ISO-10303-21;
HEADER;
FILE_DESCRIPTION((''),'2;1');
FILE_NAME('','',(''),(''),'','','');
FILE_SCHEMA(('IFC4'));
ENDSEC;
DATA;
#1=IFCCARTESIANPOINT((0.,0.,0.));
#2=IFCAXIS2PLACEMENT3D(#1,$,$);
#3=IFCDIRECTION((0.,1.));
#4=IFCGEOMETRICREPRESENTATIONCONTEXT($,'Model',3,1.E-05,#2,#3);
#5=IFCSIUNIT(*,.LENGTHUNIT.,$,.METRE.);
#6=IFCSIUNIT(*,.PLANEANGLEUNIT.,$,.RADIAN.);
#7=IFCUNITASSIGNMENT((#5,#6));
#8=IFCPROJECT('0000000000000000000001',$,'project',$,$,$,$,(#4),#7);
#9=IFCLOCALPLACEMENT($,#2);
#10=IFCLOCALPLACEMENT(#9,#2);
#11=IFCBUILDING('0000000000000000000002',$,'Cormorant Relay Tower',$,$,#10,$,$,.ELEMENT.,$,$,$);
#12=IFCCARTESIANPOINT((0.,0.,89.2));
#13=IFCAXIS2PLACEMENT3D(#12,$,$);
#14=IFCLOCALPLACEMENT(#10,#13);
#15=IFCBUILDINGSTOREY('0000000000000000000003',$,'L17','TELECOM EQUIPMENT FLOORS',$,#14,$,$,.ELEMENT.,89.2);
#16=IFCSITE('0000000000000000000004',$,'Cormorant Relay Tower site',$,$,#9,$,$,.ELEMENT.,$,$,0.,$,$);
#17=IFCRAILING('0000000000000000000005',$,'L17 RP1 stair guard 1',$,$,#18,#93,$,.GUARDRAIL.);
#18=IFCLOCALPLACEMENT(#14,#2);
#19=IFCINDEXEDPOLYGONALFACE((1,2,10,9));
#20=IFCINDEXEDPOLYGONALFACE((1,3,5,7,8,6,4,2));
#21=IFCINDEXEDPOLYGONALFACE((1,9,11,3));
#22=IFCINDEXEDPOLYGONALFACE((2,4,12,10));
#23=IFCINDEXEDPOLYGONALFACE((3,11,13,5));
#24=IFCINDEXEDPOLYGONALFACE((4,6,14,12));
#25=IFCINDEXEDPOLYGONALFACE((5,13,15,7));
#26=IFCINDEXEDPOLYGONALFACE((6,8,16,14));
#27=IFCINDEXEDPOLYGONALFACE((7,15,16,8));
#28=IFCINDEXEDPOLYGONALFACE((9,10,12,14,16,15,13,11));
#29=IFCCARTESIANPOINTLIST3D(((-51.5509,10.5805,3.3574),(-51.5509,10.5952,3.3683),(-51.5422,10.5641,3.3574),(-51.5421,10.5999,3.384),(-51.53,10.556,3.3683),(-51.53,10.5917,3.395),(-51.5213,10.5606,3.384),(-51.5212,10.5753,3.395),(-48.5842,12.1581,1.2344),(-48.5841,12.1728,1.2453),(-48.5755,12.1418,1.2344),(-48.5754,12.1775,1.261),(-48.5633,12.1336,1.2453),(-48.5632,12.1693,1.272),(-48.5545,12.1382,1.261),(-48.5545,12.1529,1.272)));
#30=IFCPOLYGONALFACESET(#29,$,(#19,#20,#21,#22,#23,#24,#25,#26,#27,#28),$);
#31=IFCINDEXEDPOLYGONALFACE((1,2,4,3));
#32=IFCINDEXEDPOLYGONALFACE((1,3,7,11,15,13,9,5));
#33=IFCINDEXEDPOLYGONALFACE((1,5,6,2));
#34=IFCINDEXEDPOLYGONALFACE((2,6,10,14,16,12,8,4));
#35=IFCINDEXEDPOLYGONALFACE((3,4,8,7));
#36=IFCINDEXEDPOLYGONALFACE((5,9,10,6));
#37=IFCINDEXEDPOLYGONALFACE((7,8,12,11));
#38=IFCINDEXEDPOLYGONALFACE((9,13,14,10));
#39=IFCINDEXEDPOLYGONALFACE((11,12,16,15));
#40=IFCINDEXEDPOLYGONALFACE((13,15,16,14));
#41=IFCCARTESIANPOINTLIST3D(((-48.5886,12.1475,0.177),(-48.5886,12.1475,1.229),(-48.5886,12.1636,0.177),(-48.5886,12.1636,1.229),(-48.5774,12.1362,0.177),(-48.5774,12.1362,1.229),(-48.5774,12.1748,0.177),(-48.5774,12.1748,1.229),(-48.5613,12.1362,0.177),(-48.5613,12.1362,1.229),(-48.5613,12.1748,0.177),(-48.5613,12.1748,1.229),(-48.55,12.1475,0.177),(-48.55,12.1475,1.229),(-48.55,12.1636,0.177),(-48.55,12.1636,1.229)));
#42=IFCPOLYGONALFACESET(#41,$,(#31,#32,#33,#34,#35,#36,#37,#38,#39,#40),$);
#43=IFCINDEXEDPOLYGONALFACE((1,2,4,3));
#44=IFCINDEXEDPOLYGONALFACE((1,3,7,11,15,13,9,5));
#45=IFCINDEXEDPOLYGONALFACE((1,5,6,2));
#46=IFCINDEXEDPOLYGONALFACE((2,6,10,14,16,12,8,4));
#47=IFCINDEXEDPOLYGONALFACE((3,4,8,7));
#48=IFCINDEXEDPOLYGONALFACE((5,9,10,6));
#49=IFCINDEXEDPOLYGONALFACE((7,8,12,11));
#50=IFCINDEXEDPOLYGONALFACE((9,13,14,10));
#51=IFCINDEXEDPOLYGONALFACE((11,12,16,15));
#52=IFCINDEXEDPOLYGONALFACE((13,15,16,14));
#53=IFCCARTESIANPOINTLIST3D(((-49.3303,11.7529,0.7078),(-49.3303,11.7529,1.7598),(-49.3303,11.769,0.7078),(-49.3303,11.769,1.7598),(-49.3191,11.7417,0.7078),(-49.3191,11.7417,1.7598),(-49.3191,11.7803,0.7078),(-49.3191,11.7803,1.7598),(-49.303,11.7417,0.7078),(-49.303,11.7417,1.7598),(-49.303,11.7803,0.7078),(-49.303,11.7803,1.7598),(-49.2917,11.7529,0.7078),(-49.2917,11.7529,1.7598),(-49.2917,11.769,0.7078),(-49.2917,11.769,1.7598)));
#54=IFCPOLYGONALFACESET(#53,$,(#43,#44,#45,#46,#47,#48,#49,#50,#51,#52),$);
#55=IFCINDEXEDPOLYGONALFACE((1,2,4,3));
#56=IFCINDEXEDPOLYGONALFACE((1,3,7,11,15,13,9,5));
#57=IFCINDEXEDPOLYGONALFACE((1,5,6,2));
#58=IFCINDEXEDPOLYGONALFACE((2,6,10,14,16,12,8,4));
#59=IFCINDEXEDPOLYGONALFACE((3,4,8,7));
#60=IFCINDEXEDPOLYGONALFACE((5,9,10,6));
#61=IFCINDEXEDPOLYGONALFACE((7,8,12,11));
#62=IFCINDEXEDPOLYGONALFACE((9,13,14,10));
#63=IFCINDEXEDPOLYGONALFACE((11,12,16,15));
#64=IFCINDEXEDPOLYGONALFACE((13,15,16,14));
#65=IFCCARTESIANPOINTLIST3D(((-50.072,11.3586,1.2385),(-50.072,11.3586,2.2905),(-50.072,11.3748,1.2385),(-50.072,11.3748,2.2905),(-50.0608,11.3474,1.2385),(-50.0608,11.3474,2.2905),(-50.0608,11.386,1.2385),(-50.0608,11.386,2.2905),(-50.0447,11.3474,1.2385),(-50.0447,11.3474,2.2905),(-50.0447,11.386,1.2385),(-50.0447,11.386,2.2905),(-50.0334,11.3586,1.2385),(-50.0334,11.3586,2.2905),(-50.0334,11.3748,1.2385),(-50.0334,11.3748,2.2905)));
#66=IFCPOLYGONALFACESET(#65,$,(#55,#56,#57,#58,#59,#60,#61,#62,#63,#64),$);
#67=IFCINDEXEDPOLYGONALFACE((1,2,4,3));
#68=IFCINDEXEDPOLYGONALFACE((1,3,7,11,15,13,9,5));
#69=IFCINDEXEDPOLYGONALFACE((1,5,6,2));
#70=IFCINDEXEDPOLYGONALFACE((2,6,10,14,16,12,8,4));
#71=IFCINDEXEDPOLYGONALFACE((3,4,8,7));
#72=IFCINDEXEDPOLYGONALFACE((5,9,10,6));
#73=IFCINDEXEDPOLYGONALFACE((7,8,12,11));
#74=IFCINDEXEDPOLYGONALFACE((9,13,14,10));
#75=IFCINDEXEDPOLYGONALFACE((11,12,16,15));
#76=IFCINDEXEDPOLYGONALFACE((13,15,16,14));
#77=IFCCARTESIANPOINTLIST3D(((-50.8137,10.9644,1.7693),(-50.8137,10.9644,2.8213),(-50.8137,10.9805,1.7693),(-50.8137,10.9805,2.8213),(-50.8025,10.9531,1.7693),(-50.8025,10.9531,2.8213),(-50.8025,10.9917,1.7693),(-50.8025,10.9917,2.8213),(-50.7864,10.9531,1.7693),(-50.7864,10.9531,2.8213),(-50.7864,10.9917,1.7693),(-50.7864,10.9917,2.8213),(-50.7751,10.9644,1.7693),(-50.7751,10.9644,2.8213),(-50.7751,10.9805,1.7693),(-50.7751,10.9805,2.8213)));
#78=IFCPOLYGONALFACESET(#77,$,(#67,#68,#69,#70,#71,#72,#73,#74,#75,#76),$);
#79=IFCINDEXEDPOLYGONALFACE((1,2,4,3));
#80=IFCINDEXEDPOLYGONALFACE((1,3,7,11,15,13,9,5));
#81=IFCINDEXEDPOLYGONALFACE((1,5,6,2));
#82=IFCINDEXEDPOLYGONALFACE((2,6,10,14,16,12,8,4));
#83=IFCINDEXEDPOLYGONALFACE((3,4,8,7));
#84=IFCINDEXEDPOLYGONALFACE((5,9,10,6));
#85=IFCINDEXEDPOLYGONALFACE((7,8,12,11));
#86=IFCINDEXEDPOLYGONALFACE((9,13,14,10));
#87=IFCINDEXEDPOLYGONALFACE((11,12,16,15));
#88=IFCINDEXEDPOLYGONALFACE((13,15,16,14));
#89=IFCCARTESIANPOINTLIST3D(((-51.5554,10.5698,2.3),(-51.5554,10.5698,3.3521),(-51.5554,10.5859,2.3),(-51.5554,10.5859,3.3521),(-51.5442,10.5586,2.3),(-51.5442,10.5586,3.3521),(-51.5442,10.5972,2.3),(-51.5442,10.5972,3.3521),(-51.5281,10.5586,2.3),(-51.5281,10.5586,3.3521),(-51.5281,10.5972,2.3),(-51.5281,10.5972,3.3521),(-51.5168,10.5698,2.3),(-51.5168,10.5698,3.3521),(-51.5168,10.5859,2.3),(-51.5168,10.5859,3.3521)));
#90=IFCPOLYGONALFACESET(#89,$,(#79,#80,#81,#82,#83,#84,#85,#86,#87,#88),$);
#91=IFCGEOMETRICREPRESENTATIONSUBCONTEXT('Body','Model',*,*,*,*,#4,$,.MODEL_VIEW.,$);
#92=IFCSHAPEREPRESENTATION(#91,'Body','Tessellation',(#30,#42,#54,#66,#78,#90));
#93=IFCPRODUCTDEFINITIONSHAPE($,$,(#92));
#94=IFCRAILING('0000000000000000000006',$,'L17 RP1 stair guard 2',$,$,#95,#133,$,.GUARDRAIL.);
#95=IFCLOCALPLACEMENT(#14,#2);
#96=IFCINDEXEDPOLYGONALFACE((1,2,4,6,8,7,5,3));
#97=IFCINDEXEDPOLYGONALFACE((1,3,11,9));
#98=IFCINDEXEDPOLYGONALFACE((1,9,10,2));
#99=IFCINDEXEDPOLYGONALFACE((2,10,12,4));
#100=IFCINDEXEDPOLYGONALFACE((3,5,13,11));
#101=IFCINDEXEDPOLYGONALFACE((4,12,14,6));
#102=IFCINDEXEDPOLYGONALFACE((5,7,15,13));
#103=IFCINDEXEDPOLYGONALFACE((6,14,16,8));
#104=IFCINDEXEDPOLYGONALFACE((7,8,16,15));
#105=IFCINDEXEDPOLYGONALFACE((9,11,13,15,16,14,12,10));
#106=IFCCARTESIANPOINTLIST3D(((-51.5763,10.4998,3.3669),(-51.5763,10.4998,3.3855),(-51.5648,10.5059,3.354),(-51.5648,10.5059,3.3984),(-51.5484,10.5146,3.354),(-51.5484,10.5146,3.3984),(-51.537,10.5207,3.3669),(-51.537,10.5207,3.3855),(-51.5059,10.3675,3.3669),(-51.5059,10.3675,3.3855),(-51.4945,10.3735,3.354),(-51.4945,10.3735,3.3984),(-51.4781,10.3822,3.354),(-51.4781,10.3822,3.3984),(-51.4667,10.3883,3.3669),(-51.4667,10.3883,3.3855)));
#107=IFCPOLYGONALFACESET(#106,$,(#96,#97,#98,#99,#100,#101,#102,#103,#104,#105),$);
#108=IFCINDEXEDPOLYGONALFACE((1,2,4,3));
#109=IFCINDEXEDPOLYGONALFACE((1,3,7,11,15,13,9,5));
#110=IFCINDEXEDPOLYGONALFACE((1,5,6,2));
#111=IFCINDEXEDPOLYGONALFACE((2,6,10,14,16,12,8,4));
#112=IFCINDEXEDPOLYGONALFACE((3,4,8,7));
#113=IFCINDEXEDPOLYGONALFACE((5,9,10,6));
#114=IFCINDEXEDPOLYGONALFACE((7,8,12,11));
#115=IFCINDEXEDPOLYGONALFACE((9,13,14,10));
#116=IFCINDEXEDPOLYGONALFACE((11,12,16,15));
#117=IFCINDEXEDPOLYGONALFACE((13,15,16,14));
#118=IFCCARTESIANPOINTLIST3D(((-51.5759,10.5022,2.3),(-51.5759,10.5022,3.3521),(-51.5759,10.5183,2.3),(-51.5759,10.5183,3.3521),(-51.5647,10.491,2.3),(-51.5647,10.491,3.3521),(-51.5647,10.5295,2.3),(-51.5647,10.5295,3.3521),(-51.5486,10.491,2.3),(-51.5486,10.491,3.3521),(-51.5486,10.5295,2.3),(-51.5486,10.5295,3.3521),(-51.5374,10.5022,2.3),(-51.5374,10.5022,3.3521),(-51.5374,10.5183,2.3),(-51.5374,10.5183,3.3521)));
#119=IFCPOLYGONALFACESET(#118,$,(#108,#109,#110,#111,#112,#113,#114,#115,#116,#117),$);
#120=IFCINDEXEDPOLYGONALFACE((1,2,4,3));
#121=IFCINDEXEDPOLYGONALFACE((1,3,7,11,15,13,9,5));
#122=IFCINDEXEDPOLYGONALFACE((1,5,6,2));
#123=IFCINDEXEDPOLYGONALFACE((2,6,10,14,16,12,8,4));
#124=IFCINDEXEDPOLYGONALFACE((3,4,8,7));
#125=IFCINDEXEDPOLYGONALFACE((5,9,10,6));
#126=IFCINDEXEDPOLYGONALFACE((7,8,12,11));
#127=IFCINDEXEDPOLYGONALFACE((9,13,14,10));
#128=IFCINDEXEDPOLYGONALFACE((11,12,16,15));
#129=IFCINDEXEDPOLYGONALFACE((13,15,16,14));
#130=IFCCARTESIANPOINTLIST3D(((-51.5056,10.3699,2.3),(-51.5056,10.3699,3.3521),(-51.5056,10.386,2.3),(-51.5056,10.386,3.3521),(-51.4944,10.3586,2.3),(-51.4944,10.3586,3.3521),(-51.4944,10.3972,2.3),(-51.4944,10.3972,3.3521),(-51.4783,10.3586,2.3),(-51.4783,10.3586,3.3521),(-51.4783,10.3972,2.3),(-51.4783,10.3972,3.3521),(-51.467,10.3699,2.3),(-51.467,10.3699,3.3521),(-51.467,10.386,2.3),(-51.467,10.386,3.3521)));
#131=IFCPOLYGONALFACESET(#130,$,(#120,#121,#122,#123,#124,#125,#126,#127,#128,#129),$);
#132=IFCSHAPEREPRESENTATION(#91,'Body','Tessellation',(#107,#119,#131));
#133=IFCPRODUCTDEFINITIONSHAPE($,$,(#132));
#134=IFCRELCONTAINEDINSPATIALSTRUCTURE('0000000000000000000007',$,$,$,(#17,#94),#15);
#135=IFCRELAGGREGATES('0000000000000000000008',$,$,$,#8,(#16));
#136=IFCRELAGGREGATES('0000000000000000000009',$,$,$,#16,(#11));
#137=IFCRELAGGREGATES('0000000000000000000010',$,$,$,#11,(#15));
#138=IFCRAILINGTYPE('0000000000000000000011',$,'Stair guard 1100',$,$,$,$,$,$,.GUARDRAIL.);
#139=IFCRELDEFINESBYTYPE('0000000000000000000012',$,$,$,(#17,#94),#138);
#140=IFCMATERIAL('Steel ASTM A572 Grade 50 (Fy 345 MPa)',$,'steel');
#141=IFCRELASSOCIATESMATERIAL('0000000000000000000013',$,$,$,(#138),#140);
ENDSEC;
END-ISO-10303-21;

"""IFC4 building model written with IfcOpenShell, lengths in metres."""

from ifc_helpers import new_model, si_unit, direction, frame, origin, place, context, subcontext, project, spatial, polyline, outline, extrude, material, type_object, element, save


model = new_model("IFC4")

# Units and contexts
model_context = context("Model", 3, precision=1e-05, world=origin(), true_north=direction((0.0, 1.0)))
body_context = subcontext(model_context, "Body", "Model", "MODEL_VIEW")
ifc_project = project(units=[si_unit("LENGTHUNIT", "METRE"), si_unit("PLANEANGLEUNIT", "RADIAN")], contexts=[model_context])

# Site, building, storey
site_placement = place(None, origin())
site = spatial("IfcSite", under=ifc_project, at=site_placement, Name="Cormorant Relay Tower site", CompositionType="ELEMENT", RefElevation=0.0)
building_placement = place(site_placement, origin())
building = spatial("IfcBuilding", under=site, at=building_placement, Name="Cormorant Relay Tower", CompositionType="ELEMENT")
storey_placement = place(building_placement, frame((0.0, 0.0, 89.2)))
storey = spatial("IfcBuildingStorey", under=building, at=storey_placement, Name="L17", Description="TELECOM EQUIPMENT FLOORS", CompositionType="ELEMENT", Elevation=89.2)

# Railings
ifc_material_1 = material(Name="Steel ASTM A572 Grade 50 (Fy 345 MPa)", Category="steel")
railing_type_1 = type_object("IfcRailingType", Name="Stair guard 1100", PredefinedType="GUARDRAIL", material=ifc_material_1)
railing_1_placement = place(storey_placement, frame((-48.5693, 12.1555, 0.177)))
element("IfcRailing", 1, at=railing_1_placement, inside=storey, type_object=railing_type_1, Name="L17 RP1 stair guard 1", PredefinedType="GUARDRAIL", context=body_context, shape_type="SweptSolid", body=[
    extrude(outline(polyline([(0.0222, 0.0093), (0.0093, 0.0222), (-0.0093, 0.0222), (-0.0222, 0.0093), (-0.0222, -0.0093), (-0.0093, -0.0222), (0.0093, -0.0222), (0.0222, -0.0093), (0.0222, 0.0093)])), frame((0.0, 0.0, 1.0762), z_axis=(-0.746422, -0.396921, 0.534142), x_axis=(0.469509, -0.882928, 0.0)), (0.0, 0.0, 1.0), 3.9746),
    extrude(outline(polyline([(0.0193, 0.0081), (0.0081, 0.0193), (-0.0081, 0.0193), (-0.0193, 0.0081), (-0.0193, -0.0081), (-0.0081, -0.0193), (0.0081, -0.0193), (0.0193, -0.0081), (0.0193, 0.0081)])), origin(), (0.0, 0.0, 1.0), 1.052),
    extrude(outline(polyline([(0.0193, 0.0081), (0.0081, 0.0193), (-0.0081, 0.0193), (-0.0193, 0.0081), (-0.0193, -0.0081), (-0.0081, -0.0193), (0.0081, -0.0193), (0.0193, -0.0081), (0.0193, 0.0081)])), frame((-0.7417, -0.3945, 0.5308)), (0.0, 0.0, 1.0), 1.052),
    extrude(outline(polyline([(0.0193, 0.0081), (0.0081, 0.0193), (-0.0081, 0.0193), (-0.0193, 0.0081), (-0.0193, -0.0081), (-0.0081, -0.0193), (0.0081, -0.0193), (0.0193, -0.0081), (0.0193, 0.0081)])), frame((-1.4834, -0.7888, 1.0615)), (0.0, 0.0, 1.0), 1.052),
    extrude(outline(polyline([(0.0193, 0.0081), (0.0081, 0.0193), (-0.0081, 0.0193), (-0.0193, 0.0081), (-0.0193, -0.0081), (-0.0081, -0.0193), (0.0081, -0.0193), (0.0193, -0.0081), (0.0193, 0.0081)])), frame((-2.2251, -1.1831, 1.5923)), (0.0, 0.0, 1.0), 1.052),
    extrude(outline(polyline([(0.0193, 0.0081), (0.0081, 0.0193), (-0.0081, 0.0193), (-0.0193, 0.0081), (-0.0193, -0.0081), (-0.0081, -0.0193), (0.0081, -0.0193), (0.0193, -0.0081), (0.0193, 0.0081)])), frame((-2.9668, -1.5776, 2.123)), (0.0, 0.0, 1.0), 1.052),
])
railing_2_placement = place(storey_placement, frame((-51.5566, 10.5103, 2.3)))
element("IfcRailing", 2, at=railing_2_placement, inside=storey, type_object=railing_type_1, Name="L17 RP1 stair guard 2", PredefinedType="GUARDRAIL", context=body_context, shape_type="SweptSolid", body=[
    extrude(outline(polyline([(0.0222, 0.0093), (0.0093, 0.0222), (-0.0093, 0.0222), (-0.0222, 0.0093), (-0.0222, -0.0093), (-0.0093, -0.0222), (0.0093, -0.0222), (0.0222, -0.0093), (0.0222, 0.0093)])), frame((0.0, 0.0, 1.0762), z_axis=(0.469235, -0.883074, 0.0), x_axis=(0.883074, 0.469235, 0.0)), (0.0, 0.0, 1.0), 0.1499),
    extrude(outline(polyline([(0.0193, 0.0081), (0.0081, 0.0193), (-0.0081, 0.0193), (-0.0193, 0.0081), (-0.0193, -0.0081), (-0.0081, -0.0193), (0.0081, -0.0193), (0.0193, -0.0081), (0.0193, 0.0081)])), origin(), (0.0, 0.0, 1.0), 1.052),
    extrude(outline(polyline([(0.0193, 0.0081), (0.0081, 0.0193), (-0.0081, 0.0193), (-0.0193, 0.0081), (-0.0193, -0.0081), (-0.0081, -0.0193), (0.0081, -0.0193), (0.0193, -0.0081), (0.0193, 0.0081)])), frame((0.0703, -0.1323, 0.0)), (0.0, 0.0, 1.0), 1.052),
])

save(model, "model.ifc")
